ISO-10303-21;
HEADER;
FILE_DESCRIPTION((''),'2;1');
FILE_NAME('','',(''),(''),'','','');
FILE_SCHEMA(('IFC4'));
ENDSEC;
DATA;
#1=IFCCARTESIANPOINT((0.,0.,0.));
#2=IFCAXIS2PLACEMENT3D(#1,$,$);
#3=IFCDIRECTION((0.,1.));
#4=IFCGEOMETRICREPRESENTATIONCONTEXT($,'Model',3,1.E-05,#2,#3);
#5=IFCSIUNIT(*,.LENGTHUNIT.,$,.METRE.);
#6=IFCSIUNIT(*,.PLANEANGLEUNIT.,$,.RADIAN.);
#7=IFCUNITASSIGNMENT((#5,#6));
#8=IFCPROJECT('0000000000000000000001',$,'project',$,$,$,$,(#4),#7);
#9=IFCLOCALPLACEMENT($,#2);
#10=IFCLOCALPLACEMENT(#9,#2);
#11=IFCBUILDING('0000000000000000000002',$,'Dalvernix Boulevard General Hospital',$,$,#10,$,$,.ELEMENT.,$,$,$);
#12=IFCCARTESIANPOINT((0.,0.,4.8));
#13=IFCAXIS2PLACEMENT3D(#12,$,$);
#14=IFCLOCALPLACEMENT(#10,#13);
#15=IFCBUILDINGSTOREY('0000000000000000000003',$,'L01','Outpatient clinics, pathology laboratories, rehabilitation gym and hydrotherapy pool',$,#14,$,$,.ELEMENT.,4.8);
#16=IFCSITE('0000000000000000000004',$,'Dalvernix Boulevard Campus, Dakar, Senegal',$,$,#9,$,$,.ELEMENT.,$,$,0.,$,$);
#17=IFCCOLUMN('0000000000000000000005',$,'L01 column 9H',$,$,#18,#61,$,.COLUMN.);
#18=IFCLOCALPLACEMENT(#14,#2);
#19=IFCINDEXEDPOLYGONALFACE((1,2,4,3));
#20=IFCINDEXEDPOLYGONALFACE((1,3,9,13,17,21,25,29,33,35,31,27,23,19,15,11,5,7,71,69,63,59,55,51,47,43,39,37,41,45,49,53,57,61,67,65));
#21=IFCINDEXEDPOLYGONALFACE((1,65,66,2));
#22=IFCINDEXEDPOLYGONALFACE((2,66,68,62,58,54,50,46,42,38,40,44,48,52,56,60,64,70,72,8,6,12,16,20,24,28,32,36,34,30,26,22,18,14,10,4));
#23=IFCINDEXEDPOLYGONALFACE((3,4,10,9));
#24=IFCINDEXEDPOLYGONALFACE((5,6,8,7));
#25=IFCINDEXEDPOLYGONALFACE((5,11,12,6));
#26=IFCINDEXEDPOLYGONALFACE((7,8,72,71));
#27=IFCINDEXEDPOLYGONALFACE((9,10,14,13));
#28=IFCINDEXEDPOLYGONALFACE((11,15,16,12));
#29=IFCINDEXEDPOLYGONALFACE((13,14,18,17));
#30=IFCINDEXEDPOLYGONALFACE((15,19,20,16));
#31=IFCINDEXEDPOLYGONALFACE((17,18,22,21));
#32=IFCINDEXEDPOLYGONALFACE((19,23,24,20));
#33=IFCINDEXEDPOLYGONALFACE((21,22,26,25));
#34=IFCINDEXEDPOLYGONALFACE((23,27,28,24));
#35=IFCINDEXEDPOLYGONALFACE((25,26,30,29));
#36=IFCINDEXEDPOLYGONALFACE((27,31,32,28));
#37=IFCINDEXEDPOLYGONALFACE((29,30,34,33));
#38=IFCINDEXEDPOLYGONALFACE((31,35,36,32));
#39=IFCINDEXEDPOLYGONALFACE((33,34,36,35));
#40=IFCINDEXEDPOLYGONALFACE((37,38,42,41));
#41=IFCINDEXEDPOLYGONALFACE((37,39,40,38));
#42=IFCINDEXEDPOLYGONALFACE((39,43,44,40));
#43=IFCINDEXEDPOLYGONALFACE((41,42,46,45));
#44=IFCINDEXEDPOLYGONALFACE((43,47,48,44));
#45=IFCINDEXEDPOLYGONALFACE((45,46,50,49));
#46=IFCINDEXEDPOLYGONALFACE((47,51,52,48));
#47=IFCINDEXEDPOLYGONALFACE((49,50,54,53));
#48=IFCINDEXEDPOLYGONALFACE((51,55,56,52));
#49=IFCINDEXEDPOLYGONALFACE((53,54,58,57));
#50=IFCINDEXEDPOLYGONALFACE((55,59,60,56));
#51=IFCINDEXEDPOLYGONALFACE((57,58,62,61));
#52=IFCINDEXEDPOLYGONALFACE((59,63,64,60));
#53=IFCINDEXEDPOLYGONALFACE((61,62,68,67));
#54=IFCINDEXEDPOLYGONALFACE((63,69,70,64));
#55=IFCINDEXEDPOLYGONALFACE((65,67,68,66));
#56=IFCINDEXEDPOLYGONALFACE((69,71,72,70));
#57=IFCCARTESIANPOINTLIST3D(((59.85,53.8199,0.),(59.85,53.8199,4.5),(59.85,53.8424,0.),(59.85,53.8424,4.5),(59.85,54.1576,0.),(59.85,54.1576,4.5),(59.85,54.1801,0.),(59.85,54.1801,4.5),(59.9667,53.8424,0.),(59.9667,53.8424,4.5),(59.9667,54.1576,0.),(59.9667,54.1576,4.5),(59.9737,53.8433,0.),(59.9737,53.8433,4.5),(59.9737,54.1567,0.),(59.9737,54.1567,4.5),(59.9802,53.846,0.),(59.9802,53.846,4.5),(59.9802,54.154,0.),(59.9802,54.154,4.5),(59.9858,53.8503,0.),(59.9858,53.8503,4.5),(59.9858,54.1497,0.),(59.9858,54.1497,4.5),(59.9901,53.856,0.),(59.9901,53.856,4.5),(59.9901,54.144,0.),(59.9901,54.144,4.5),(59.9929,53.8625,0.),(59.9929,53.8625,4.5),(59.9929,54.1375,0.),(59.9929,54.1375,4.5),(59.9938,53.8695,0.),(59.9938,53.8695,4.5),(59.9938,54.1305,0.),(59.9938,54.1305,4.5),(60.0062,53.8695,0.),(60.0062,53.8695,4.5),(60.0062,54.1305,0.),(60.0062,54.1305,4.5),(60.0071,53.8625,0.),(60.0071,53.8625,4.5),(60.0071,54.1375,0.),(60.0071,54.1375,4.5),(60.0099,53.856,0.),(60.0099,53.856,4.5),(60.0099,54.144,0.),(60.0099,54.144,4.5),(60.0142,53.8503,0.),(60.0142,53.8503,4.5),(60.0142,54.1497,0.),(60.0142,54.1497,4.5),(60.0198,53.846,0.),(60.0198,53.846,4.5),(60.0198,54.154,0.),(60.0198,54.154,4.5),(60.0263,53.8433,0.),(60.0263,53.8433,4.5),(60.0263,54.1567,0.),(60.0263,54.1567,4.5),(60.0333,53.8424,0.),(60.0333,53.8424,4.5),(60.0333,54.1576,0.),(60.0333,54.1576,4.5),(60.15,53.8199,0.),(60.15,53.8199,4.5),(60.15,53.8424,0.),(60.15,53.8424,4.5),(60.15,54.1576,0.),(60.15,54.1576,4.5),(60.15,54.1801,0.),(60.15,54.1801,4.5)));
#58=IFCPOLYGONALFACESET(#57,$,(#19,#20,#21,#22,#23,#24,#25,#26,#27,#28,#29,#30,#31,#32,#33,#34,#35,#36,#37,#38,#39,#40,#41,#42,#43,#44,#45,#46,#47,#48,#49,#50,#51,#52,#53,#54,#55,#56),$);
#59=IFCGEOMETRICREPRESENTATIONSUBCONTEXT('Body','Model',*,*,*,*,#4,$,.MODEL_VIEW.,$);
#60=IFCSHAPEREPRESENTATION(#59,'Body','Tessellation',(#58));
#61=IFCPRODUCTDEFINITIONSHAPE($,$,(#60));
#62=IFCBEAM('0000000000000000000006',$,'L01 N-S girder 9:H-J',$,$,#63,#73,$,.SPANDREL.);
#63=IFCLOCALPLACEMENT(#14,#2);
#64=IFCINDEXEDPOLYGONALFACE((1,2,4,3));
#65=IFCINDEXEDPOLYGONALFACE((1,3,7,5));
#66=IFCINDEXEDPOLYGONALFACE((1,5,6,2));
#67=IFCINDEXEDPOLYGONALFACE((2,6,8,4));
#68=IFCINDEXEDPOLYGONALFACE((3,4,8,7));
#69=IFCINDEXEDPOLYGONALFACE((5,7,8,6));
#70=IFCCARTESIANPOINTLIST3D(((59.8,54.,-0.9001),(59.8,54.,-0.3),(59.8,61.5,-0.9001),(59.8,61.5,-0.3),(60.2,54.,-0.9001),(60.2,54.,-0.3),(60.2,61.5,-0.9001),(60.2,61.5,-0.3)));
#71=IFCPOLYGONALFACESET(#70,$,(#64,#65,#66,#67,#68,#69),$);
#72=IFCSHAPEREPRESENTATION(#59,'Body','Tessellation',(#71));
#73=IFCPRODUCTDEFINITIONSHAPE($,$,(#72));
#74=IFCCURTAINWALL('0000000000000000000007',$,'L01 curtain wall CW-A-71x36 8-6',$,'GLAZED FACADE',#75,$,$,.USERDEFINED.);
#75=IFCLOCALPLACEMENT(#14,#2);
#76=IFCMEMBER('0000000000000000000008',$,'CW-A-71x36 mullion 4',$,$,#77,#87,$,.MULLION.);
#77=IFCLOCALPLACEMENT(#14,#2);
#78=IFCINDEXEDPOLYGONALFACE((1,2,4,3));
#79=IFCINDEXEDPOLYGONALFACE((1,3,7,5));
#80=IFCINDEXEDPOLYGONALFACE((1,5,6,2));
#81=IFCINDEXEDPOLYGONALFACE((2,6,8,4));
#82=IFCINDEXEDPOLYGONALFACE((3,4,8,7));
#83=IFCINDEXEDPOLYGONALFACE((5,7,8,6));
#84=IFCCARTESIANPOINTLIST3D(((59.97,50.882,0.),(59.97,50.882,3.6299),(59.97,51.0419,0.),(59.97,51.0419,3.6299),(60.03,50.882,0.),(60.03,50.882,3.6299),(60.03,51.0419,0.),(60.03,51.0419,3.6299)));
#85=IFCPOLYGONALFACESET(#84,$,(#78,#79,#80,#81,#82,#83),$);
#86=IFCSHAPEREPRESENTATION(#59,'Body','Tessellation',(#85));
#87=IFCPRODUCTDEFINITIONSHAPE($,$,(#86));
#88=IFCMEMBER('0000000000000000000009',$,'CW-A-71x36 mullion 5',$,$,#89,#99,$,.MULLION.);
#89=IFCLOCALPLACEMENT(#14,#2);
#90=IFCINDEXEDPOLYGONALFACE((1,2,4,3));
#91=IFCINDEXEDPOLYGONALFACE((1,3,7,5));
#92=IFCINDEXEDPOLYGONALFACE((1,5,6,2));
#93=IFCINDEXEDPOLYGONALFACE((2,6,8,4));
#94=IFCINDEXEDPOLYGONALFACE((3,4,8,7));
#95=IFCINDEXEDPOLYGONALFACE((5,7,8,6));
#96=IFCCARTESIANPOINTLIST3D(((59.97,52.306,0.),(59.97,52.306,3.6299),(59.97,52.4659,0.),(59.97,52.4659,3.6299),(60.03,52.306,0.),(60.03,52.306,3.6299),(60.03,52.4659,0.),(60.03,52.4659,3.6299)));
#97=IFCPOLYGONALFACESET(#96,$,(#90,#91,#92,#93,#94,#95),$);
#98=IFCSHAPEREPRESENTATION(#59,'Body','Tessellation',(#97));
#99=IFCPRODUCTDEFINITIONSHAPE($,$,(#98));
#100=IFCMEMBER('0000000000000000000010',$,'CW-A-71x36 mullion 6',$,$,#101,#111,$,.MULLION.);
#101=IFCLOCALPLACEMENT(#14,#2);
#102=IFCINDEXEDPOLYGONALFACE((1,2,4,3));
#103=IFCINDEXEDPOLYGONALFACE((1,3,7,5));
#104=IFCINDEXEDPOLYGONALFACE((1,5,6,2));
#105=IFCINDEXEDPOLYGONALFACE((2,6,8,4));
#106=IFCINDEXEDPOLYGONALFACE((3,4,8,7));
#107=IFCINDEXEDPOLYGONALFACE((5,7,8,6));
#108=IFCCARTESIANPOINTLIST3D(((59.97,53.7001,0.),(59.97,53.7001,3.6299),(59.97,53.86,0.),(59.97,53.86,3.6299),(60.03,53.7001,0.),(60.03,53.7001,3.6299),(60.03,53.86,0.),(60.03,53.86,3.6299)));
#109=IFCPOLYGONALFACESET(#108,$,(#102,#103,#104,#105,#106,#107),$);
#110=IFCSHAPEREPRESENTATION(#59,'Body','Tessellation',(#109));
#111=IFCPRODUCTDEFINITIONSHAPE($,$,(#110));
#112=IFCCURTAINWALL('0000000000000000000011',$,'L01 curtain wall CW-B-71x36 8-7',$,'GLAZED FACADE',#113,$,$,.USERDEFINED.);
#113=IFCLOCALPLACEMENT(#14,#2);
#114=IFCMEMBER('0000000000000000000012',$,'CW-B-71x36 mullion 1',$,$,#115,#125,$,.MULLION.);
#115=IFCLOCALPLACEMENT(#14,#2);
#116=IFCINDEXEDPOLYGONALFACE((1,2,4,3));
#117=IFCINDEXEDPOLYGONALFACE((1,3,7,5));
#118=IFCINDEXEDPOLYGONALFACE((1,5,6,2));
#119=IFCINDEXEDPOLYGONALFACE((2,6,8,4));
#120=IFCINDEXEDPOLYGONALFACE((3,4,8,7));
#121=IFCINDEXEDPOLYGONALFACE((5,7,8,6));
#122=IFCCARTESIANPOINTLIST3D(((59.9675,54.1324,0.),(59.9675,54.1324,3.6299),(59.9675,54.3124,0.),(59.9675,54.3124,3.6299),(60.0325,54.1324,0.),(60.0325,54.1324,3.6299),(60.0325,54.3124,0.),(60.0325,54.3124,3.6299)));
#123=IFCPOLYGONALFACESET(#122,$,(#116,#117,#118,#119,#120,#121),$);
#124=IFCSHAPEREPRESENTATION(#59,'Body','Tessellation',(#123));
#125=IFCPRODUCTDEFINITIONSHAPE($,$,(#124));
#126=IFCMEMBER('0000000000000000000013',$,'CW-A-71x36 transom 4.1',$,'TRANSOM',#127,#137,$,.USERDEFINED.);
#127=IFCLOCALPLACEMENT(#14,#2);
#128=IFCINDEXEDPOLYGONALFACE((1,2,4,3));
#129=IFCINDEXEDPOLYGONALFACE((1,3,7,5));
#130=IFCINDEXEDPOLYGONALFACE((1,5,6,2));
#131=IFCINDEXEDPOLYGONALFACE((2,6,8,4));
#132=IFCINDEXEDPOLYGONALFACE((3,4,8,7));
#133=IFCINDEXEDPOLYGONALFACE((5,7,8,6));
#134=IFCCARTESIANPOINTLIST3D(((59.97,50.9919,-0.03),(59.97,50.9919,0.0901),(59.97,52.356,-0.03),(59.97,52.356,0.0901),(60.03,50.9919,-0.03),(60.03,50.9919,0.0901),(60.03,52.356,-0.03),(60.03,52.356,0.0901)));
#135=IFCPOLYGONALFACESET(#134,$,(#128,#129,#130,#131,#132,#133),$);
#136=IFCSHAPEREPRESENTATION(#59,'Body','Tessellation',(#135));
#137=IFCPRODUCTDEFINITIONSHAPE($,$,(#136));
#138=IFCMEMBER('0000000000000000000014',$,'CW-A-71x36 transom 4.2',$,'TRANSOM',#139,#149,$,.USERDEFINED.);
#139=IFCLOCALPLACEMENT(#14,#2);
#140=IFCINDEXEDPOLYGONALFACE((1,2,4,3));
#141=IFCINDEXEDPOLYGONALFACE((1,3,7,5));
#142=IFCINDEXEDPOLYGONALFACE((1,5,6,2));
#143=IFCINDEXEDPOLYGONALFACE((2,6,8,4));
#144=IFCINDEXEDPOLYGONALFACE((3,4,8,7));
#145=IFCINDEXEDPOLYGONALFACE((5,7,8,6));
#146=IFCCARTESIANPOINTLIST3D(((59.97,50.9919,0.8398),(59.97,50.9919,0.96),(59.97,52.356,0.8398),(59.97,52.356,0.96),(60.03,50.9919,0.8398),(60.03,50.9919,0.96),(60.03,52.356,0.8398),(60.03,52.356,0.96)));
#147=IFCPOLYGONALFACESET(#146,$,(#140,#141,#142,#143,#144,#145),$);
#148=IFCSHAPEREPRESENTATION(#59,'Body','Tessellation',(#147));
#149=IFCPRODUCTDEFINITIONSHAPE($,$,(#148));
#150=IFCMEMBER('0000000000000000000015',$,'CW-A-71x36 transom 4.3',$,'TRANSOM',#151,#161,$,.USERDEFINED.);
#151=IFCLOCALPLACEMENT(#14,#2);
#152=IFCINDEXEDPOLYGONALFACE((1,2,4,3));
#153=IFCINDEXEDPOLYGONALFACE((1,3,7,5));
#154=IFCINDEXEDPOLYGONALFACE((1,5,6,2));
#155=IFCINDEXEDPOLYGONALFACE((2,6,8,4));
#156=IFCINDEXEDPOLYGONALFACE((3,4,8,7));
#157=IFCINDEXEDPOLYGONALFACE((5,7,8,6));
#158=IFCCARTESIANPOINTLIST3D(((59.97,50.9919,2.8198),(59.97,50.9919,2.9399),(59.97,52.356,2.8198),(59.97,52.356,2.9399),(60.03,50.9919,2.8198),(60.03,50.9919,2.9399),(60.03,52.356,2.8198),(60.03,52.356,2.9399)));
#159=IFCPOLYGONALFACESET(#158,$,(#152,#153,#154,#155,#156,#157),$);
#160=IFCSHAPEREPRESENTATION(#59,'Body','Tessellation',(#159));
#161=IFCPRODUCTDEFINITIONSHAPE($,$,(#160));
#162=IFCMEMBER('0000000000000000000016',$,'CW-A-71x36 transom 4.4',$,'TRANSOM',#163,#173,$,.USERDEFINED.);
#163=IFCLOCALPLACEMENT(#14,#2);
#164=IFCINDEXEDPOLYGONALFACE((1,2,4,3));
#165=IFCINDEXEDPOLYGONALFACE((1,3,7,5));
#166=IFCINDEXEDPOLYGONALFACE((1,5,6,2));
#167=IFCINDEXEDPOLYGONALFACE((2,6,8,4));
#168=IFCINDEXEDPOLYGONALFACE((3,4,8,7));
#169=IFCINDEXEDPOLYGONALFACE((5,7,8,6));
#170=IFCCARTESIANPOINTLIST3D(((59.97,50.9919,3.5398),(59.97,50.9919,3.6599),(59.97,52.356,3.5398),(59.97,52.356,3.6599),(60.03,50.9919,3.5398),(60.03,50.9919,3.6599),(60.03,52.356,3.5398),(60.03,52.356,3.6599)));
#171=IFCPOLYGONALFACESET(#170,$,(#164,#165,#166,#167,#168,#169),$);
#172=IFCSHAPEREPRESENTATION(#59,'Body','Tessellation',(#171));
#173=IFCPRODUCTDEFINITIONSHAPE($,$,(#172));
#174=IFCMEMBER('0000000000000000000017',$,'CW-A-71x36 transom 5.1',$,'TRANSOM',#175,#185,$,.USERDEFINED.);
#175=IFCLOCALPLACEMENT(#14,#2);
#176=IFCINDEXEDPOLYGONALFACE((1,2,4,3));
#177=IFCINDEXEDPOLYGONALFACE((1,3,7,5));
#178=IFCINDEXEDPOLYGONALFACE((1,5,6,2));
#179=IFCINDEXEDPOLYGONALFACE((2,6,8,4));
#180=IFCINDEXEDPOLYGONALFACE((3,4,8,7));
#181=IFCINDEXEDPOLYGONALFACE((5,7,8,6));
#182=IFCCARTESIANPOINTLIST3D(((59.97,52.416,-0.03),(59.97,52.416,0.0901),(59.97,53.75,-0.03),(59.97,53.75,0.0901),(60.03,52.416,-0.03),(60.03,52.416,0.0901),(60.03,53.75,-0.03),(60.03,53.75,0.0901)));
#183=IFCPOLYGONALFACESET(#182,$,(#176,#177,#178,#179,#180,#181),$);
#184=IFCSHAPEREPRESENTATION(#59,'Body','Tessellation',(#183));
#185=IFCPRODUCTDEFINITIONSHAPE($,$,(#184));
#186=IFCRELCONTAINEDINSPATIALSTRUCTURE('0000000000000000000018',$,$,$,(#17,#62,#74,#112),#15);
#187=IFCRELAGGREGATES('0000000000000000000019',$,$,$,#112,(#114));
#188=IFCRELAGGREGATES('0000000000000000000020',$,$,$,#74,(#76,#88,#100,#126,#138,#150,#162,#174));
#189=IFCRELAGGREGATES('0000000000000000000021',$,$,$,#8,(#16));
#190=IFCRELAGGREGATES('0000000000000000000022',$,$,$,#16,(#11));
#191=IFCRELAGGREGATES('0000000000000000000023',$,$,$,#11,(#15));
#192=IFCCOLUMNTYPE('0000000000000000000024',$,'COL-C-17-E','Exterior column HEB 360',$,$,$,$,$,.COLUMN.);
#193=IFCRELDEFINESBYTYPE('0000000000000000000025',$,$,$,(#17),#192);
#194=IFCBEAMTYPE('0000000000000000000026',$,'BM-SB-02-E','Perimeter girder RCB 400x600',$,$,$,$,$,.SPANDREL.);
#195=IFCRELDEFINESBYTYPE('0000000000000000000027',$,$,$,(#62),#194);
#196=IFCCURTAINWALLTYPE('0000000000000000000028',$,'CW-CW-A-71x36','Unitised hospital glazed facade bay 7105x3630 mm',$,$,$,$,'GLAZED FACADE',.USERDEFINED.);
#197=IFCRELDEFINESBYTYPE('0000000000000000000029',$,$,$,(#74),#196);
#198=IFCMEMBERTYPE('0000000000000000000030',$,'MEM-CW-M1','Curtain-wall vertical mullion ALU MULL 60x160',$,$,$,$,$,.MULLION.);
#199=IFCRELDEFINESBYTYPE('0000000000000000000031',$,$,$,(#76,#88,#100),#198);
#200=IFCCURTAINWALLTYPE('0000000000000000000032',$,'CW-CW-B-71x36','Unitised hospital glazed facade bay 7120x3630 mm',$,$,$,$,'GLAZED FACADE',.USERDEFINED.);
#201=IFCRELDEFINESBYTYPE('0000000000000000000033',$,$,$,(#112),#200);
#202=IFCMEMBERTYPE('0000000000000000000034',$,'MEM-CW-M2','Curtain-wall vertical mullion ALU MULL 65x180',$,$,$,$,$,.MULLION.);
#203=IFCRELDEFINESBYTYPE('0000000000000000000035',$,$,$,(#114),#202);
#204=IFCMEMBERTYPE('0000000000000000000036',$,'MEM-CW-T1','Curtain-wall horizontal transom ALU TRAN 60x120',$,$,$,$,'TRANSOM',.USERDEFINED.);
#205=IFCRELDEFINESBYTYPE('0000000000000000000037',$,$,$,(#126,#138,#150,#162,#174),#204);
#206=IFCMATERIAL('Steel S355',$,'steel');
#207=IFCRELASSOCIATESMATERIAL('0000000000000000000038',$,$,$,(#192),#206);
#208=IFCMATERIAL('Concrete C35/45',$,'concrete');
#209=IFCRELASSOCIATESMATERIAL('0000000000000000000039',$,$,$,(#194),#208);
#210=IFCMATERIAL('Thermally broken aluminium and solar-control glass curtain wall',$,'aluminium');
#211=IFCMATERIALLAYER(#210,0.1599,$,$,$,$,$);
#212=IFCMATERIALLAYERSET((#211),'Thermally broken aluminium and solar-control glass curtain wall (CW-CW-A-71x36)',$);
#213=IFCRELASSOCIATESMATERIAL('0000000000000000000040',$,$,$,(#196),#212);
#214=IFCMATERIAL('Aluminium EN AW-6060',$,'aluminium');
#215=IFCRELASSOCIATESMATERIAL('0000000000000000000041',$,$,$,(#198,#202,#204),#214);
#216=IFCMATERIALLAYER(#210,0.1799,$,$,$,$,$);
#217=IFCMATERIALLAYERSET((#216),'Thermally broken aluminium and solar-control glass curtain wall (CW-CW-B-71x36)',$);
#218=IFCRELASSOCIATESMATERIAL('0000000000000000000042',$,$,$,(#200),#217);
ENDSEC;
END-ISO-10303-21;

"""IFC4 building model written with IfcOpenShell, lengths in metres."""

from ifc_helpers import new_model, si_unit, direction, frame, origin, origin_2d, place, context, subcontext, project, spatial, rectangle, i_section, extrude, material, layer, layer_set, material_profile, profile_set, type_object, element, aggregate, save


model = new_model("IFC4")

# Units and contexts
model_context = context("Model", 3, precision=1e-05, world=origin(), true_north=direction((0.0, 1.0)))
body_context = subcontext(model_context, "Body", "Model", "MODEL_VIEW")
ifc_project = project(units=[si_unit("LENGTHUNIT", "METRE"), si_unit("PLANEANGLEUNIT", "RADIAN")], contexts=[model_context])

# Site, building, storey
site_placement = place(None, origin())
site = spatial("IfcSite", under=ifc_project, at=site_placement, Name="Dalvernix Boulevard Campus, Dakar, Senegal", CompositionType="ELEMENT", RefElevation=0.0)
building_placement = place(site_placement, origin())
building = spatial("IfcBuilding", under=site, at=building_placement, Name="Dalvernix Boulevard General Hospital", CompositionType="ELEMENT")
storey_placement = place(building_placement, frame((0.0, 0.0, 4.8)))
storey = spatial("IfcBuildingStorey", under=building, at=storey_placement, Name="L01", Description="Outpatient clinics, pathology laboratories, rehabilitation gym and hydrotherapy pool", CompositionType="ELEMENT", Elevation=4.8)

# Column
ifc_material_1 = material(Name="Steel S355", Category="steel")
ifc_material_profile_1 = material_profile(ifc_material_1, i_section(OverallWidth=0.3, OverallDepth=0.3601, WebThickness=0.0125, FlangeThickness=0.0225, FilletRadius=0.0271, at=origin_2d()), Name="HEB 360")
ifc_profile_set_1 = profile_set([ifc_material_profile_1], Name="Steel S355")
column_type = type_object("IfcColumnType", Name="COL-C-17-E", Description="Exterior column HEB 360", PredefinedType="COLUMN", material=ifc_profile_set_1)
column_placement = place(storey_placement, frame((60.0, 54.0, 0.0), z_axis=(0.0, 0.0, 1.0), x_axis=(1.0, 0.0, 0.0)))
element("IfcColumn", 1, at=column_placement, inside=storey, type_object=column_type, Name="L01 column 9H", PredefinedType="COLUMN", context=body_context, shape_type="SweptSolid", body=[
    extrude(i_section(OverallWidth=0.3, OverallDepth=0.3601, WebThickness=0.0125, FlangeThickness=0.0225, FilletRadius=0.0271, at=origin_2d()), origin(), (0.0, 0.0, 1.0), 4.5),
])

# Beam
ifc_material_2 = material(Name="Concrete C35/45", Category="concrete")
ifc_material_profile_2 = material_profile(ifc_material_2, rectangle(XDim=0.3999, YDim=0.6001, at=origin_2d()), Name="RCB 400x600")
ifc_profile_set_2 = profile_set([ifc_material_profile_2], Name="Concrete C35/45")
beam_type = type_object("IfcBeamType", Name="BM-SB-02-E", Description="Perimeter girder RCB 400x600", PredefinedType="SPANDREL", material=ifc_profile_set_2)
beam_placement = place(storey_placement, frame((60.0, 54.0, -0.6001), z_axis=(0.0, 1.0, 0.0), x_axis=(-1.0, 0.0, 0.0)))
element("IfcBeam", 2, at=beam_placement, inside=storey, type_object=beam_type, Name="L01 N-S girder 9:H-J", PredefinedType="SPANDREL", context=body_context, shape_type="SweptSolid", body=[
    extrude(rectangle(XDim=0.3999, YDim=0.6001, at=origin_2d()), origin(), (0.0, 0.0, 1.0), 7.5),
])

# Curtain wall, members
ifc_material_3 = material(Name="Thermally broken aluminium and solar-control glass curtain wall", Category="aluminium")
ifc_layer_1 = layer(ifc_material_3, 0.1599)
ifc_layer_set_1 = layer_set([ifc_layer_1], Name="Thermally broken aluminium and solar-control glass curtain wall (CW-CW-A-71x36)")
curtain_wall_type_1 = type_object("IfcCurtainWallType", Name="CW-CW-A-71x36", Description="Unitised hospital glazed facade bay 7105x3630 mm", ElementType="GLAZED FACADE", PredefinedType="USERDEFINED", material=ifc_layer_set_1)
curtain_wall_1_placement = place(storey_placement, origin())
curtain_wall_1 = element("IfcCurtainWall", 3, at=curtain_wall_1_placement, inside=storey, type_object=curtain_wall_type_1, Name="L01 curtain wall CW-A-71x36 8-6", ObjectType="GLAZED FACADE", PredefinedType="USERDEFINED")
ifc_material_4 = material(Name="Aluminium EN AW-6060", Category="aluminium")
ifc_material_profile_3 = material_profile(ifc_material_4, rectangle(XDim=0.0601, YDim=0.1599, at=origin_2d()), Name="ALU MULL 60x160")
ifc_profile_set_3 = profile_set([ifc_material_profile_3], Name="Aluminium EN AW-6060")
member_type_1 = type_object("IfcMemberType", Name="MEM-CW-M1", Description="Curtain-wall vertical mullion ALU MULL 60x160", PredefinedType="MULLION", material=ifc_profile_set_3)
member_1_placement = place(storey_placement, frame((60.0, 50.9619, 0.0), z_axis=(0.0, 0.0, 1.0), x_axis=(-1.0, 0.0, 0.0)))
member_1 = element("IfcMember", 4, at=member_1_placement, type_object=member_type_1, Name="CW-A-71x36 mullion 4", PredefinedType="MULLION", context=body_context, shape_type="SweptSolid", body=[
    extrude(rectangle(XDim=0.0601, YDim=0.1599, at=origin_2d()), origin(), (0.0, 0.0, 1.0), 3.6299),
])
member_2_placement = place(storey_placement, frame((60.0, 52.386, 0.0), z_axis=(0.0, 0.0, 1.0), x_axis=(-1.0, 0.0, 0.0)))
member_2 = element("IfcMember", 5, at=member_2_placement, type_object=member_type_1, Name="CW-A-71x36 mullion 5", PredefinedType="MULLION", context=body_context, shape_type="SweptSolid", body=[
    extrude(rectangle(XDim=0.0601, YDim=0.1599, at=origin_2d()), origin(), (0.0, 0.0, 1.0), 3.6299),
])
member_3_placement = place(storey_placement, frame((60.0, 53.78, 0.0), z_axis=(0.0, 0.0, 1.0), x_axis=(-1.0, 0.0, 0.0)))
member_3 = element("IfcMember", 6, at=member_3_placement, type_object=member_type_1, Name="CW-A-71x36 mullion 6", PredefinedType="MULLION", context=body_context, shape_type="SweptSolid", body=[
    extrude(rectangle(XDim=0.0601, YDim=0.1599, at=origin_2d()), origin(), (0.0, 0.0, 1.0), 3.6299),
])

# Curtain wall, member
ifc_layer_2 = layer(ifc_material_3, 0.1799)
ifc_layer_set_2 = layer_set([ifc_layer_2], Name="Thermally broken aluminium and solar-control glass curtain wall (CW-CW-B-71x36)")
curtain_wall_type_2 = type_object("IfcCurtainWallType", Name="CW-CW-B-71x36", Description="Unitised hospital glazed facade bay 7120x3630 mm", ElementType="GLAZED FACADE", PredefinedType="USERDEFINED", material=ifc_layer_set_2)
curtain_wall_2_placement = place(storey_placement, origin())
curtain_wall_2 = element("IfcCurtainWall", 7, at=curtain_wall_2_placement, inside=storey, type_object=curtain_wall_type_2, Name="L01 curtain wall CW-B-71x36 8-7", ObjectType="GLAZED FACADE", PredefinedType="USERDEFINED")
ifc_material_profile_4 = material_profile(ifc_material_4, rectangle(XDim=0.0649, YDim=0.1799, at=origin_2d()), Name="ALU MULL 65x180")
ifc_profile_set_4 = profile_set([ifc_material_profile_4], Name="Aluminium EN AW-6060")
member_type_2 = type_object("IfcMemberType", Name="MEM-CW-M2", Description="Curtain-wall vertical mullion ALU MULL 65x180", PredefinedType="MULLION", material=ifc_profile_set_4)
member_4_placement = place(storey_placement, frame((60.0, 54.2224, 0.0), z_axis=(0.0, 0.0, 1.0), x_axis=(-1.0, 0.0, 0.0)))
member_4 = element("IfcMember", 8, at=member_4_placement, type_object=member_type_2, Name="CW-B-71x36 mullion 1", PredefinedType="MULLION", context=body_context, shape_type="SweptSolid", body=[
    extrude(rectangle(XDim=0.0649, YDim=0.1799, at=origin_2d()), origin(), (0.0, 0.0, 1.0), 3.6299),
])

# Members
ifc_material_profile_5 = material_profile(ifc_material_4, rectangle(XDim=0.0601, YDim=0.1201, at=origin_2d()), Name="ALU TRAN 60x120")
ifc_profile_set_5 = profile_set([ifc_material_profile_5], Name="Aluminium EN AW-6060")
member_type_3 = type_object("IfcMemberType", Name="MEM-CW-T1", Description="Curtain-wall horizontal transom ALU TRAN 60x120", ElementType="TRANSOM", PredefinedType="USERDEFINED", material=ifc_profile_set_5)
member_5_placement = place(storey_placement, frame((60.0, 50.9919, 0.03), z_axis=(0.0, 1.0, 0.0), x_axis=(-1.0, 0.0, 0.0)))
member_5 = element("IfcMember", 9, at=member_5_placement, type_object=member_type_3, Name="CW-A-71x36 transom 4.1", ObjectType="TRANSOM", PredefinedType="USERDEFINED", context=body_context, shape_type="SweptSolid", body=[
    extrude(rectangle(XDim=0.0601, YDim=0.1201, at=origin_2d()), origin(), (0.0, 0.0, 1.0), 1.364),
])
member_6_placement = place(storey_placement, frame((60.0, 50.9919, 0.8999), z_axis=(0.0, 1.0, 0.0), x_axis=(-1.0, 0.0, 0.0)))
member_6 = element("IfcMember", 10, at=member_6_placement, type_object=member_type_3, Name="CW-A-71x36 transom 4.2", ObjectType="TRANSOM", PredefinedType="USERDEFINED", context=body_context, shape_type="SweptSolid", body=[
    extrude(rectangle(XDim=0.0601, YDim=0.1201, at=origin_2d()), origin(), (0.0, 0.0, 1.0), 1.364),
])
member_7_placement = place(storey_placement, frame((60.0, 50.9919, 2.8799), z_axis=(0.0, 1.0, 0.0), x_axis=(-1.0, 0.0, 0.0)))
member_7 = element("IfcMember", 11, at=member_7_placement, type_object=member_type_3, Name="CW-A-71x36 transom 4.3", ObjectType="TRANSOM", PredefinedType="USERDEFINED", context=body_context, shape_type="SweptSolid", body=[
    extrude(rectangle(XDim=0.0601, YDim=0.1201, at=origin_2d()), origin(), (0.0, 0.0, 1.0), 1.364),
])
member_8_placement = place(storey_placement, frame((60.0, 50.9919, 3.5999), z_axis=(0.0, 1.0, 0.0), x_axis=(-1.0, 0.0, 0.0)))
member_8 = element("IfcMember", 12, at=member_8_placement, type_object=member_type_3, Name="CW-A-71x36 transom 4.4", ObjectType="TRANSOM", PredefinedType="USERDEFINED", context=body_context, shape_type="SweptSolid", body=[
    extrude(rectangle(XDim=0.0601, YDim=0.1201, at=origin_2d()), origin(), (0.0, 0.0, 1.0), 1.364),
])
member_9_placement = place(storey_placement, frame((60.0, 52.416, 0.03), z_axis=(0.0, 1.0, 0.0), x_axis=(-1.0, 0.0, 0.0)))
member_9 = element("IfcMember", 13, at=member_9_placement, type_object=member_type_3, Name="CW-A-71x36 transom 5.1", ObjectType="TRANSOM", PredefinedType="USERDEFINED", context=body_context, shape_type="SweptSolid", body=[
    extrude(rectangle(XDim=0.0601, YDim=0.1201, at=origin_2d()), origin(), (0.0, 0.0, 1.0), 1.334),
])
aggregate(curtain_wall_2, [member_4])

aggregate(curtain_wall_1, [member_1, member_2, member_3, member_5, member_6, member_7, member_8, member_9])

save(model, "model.ifc")
